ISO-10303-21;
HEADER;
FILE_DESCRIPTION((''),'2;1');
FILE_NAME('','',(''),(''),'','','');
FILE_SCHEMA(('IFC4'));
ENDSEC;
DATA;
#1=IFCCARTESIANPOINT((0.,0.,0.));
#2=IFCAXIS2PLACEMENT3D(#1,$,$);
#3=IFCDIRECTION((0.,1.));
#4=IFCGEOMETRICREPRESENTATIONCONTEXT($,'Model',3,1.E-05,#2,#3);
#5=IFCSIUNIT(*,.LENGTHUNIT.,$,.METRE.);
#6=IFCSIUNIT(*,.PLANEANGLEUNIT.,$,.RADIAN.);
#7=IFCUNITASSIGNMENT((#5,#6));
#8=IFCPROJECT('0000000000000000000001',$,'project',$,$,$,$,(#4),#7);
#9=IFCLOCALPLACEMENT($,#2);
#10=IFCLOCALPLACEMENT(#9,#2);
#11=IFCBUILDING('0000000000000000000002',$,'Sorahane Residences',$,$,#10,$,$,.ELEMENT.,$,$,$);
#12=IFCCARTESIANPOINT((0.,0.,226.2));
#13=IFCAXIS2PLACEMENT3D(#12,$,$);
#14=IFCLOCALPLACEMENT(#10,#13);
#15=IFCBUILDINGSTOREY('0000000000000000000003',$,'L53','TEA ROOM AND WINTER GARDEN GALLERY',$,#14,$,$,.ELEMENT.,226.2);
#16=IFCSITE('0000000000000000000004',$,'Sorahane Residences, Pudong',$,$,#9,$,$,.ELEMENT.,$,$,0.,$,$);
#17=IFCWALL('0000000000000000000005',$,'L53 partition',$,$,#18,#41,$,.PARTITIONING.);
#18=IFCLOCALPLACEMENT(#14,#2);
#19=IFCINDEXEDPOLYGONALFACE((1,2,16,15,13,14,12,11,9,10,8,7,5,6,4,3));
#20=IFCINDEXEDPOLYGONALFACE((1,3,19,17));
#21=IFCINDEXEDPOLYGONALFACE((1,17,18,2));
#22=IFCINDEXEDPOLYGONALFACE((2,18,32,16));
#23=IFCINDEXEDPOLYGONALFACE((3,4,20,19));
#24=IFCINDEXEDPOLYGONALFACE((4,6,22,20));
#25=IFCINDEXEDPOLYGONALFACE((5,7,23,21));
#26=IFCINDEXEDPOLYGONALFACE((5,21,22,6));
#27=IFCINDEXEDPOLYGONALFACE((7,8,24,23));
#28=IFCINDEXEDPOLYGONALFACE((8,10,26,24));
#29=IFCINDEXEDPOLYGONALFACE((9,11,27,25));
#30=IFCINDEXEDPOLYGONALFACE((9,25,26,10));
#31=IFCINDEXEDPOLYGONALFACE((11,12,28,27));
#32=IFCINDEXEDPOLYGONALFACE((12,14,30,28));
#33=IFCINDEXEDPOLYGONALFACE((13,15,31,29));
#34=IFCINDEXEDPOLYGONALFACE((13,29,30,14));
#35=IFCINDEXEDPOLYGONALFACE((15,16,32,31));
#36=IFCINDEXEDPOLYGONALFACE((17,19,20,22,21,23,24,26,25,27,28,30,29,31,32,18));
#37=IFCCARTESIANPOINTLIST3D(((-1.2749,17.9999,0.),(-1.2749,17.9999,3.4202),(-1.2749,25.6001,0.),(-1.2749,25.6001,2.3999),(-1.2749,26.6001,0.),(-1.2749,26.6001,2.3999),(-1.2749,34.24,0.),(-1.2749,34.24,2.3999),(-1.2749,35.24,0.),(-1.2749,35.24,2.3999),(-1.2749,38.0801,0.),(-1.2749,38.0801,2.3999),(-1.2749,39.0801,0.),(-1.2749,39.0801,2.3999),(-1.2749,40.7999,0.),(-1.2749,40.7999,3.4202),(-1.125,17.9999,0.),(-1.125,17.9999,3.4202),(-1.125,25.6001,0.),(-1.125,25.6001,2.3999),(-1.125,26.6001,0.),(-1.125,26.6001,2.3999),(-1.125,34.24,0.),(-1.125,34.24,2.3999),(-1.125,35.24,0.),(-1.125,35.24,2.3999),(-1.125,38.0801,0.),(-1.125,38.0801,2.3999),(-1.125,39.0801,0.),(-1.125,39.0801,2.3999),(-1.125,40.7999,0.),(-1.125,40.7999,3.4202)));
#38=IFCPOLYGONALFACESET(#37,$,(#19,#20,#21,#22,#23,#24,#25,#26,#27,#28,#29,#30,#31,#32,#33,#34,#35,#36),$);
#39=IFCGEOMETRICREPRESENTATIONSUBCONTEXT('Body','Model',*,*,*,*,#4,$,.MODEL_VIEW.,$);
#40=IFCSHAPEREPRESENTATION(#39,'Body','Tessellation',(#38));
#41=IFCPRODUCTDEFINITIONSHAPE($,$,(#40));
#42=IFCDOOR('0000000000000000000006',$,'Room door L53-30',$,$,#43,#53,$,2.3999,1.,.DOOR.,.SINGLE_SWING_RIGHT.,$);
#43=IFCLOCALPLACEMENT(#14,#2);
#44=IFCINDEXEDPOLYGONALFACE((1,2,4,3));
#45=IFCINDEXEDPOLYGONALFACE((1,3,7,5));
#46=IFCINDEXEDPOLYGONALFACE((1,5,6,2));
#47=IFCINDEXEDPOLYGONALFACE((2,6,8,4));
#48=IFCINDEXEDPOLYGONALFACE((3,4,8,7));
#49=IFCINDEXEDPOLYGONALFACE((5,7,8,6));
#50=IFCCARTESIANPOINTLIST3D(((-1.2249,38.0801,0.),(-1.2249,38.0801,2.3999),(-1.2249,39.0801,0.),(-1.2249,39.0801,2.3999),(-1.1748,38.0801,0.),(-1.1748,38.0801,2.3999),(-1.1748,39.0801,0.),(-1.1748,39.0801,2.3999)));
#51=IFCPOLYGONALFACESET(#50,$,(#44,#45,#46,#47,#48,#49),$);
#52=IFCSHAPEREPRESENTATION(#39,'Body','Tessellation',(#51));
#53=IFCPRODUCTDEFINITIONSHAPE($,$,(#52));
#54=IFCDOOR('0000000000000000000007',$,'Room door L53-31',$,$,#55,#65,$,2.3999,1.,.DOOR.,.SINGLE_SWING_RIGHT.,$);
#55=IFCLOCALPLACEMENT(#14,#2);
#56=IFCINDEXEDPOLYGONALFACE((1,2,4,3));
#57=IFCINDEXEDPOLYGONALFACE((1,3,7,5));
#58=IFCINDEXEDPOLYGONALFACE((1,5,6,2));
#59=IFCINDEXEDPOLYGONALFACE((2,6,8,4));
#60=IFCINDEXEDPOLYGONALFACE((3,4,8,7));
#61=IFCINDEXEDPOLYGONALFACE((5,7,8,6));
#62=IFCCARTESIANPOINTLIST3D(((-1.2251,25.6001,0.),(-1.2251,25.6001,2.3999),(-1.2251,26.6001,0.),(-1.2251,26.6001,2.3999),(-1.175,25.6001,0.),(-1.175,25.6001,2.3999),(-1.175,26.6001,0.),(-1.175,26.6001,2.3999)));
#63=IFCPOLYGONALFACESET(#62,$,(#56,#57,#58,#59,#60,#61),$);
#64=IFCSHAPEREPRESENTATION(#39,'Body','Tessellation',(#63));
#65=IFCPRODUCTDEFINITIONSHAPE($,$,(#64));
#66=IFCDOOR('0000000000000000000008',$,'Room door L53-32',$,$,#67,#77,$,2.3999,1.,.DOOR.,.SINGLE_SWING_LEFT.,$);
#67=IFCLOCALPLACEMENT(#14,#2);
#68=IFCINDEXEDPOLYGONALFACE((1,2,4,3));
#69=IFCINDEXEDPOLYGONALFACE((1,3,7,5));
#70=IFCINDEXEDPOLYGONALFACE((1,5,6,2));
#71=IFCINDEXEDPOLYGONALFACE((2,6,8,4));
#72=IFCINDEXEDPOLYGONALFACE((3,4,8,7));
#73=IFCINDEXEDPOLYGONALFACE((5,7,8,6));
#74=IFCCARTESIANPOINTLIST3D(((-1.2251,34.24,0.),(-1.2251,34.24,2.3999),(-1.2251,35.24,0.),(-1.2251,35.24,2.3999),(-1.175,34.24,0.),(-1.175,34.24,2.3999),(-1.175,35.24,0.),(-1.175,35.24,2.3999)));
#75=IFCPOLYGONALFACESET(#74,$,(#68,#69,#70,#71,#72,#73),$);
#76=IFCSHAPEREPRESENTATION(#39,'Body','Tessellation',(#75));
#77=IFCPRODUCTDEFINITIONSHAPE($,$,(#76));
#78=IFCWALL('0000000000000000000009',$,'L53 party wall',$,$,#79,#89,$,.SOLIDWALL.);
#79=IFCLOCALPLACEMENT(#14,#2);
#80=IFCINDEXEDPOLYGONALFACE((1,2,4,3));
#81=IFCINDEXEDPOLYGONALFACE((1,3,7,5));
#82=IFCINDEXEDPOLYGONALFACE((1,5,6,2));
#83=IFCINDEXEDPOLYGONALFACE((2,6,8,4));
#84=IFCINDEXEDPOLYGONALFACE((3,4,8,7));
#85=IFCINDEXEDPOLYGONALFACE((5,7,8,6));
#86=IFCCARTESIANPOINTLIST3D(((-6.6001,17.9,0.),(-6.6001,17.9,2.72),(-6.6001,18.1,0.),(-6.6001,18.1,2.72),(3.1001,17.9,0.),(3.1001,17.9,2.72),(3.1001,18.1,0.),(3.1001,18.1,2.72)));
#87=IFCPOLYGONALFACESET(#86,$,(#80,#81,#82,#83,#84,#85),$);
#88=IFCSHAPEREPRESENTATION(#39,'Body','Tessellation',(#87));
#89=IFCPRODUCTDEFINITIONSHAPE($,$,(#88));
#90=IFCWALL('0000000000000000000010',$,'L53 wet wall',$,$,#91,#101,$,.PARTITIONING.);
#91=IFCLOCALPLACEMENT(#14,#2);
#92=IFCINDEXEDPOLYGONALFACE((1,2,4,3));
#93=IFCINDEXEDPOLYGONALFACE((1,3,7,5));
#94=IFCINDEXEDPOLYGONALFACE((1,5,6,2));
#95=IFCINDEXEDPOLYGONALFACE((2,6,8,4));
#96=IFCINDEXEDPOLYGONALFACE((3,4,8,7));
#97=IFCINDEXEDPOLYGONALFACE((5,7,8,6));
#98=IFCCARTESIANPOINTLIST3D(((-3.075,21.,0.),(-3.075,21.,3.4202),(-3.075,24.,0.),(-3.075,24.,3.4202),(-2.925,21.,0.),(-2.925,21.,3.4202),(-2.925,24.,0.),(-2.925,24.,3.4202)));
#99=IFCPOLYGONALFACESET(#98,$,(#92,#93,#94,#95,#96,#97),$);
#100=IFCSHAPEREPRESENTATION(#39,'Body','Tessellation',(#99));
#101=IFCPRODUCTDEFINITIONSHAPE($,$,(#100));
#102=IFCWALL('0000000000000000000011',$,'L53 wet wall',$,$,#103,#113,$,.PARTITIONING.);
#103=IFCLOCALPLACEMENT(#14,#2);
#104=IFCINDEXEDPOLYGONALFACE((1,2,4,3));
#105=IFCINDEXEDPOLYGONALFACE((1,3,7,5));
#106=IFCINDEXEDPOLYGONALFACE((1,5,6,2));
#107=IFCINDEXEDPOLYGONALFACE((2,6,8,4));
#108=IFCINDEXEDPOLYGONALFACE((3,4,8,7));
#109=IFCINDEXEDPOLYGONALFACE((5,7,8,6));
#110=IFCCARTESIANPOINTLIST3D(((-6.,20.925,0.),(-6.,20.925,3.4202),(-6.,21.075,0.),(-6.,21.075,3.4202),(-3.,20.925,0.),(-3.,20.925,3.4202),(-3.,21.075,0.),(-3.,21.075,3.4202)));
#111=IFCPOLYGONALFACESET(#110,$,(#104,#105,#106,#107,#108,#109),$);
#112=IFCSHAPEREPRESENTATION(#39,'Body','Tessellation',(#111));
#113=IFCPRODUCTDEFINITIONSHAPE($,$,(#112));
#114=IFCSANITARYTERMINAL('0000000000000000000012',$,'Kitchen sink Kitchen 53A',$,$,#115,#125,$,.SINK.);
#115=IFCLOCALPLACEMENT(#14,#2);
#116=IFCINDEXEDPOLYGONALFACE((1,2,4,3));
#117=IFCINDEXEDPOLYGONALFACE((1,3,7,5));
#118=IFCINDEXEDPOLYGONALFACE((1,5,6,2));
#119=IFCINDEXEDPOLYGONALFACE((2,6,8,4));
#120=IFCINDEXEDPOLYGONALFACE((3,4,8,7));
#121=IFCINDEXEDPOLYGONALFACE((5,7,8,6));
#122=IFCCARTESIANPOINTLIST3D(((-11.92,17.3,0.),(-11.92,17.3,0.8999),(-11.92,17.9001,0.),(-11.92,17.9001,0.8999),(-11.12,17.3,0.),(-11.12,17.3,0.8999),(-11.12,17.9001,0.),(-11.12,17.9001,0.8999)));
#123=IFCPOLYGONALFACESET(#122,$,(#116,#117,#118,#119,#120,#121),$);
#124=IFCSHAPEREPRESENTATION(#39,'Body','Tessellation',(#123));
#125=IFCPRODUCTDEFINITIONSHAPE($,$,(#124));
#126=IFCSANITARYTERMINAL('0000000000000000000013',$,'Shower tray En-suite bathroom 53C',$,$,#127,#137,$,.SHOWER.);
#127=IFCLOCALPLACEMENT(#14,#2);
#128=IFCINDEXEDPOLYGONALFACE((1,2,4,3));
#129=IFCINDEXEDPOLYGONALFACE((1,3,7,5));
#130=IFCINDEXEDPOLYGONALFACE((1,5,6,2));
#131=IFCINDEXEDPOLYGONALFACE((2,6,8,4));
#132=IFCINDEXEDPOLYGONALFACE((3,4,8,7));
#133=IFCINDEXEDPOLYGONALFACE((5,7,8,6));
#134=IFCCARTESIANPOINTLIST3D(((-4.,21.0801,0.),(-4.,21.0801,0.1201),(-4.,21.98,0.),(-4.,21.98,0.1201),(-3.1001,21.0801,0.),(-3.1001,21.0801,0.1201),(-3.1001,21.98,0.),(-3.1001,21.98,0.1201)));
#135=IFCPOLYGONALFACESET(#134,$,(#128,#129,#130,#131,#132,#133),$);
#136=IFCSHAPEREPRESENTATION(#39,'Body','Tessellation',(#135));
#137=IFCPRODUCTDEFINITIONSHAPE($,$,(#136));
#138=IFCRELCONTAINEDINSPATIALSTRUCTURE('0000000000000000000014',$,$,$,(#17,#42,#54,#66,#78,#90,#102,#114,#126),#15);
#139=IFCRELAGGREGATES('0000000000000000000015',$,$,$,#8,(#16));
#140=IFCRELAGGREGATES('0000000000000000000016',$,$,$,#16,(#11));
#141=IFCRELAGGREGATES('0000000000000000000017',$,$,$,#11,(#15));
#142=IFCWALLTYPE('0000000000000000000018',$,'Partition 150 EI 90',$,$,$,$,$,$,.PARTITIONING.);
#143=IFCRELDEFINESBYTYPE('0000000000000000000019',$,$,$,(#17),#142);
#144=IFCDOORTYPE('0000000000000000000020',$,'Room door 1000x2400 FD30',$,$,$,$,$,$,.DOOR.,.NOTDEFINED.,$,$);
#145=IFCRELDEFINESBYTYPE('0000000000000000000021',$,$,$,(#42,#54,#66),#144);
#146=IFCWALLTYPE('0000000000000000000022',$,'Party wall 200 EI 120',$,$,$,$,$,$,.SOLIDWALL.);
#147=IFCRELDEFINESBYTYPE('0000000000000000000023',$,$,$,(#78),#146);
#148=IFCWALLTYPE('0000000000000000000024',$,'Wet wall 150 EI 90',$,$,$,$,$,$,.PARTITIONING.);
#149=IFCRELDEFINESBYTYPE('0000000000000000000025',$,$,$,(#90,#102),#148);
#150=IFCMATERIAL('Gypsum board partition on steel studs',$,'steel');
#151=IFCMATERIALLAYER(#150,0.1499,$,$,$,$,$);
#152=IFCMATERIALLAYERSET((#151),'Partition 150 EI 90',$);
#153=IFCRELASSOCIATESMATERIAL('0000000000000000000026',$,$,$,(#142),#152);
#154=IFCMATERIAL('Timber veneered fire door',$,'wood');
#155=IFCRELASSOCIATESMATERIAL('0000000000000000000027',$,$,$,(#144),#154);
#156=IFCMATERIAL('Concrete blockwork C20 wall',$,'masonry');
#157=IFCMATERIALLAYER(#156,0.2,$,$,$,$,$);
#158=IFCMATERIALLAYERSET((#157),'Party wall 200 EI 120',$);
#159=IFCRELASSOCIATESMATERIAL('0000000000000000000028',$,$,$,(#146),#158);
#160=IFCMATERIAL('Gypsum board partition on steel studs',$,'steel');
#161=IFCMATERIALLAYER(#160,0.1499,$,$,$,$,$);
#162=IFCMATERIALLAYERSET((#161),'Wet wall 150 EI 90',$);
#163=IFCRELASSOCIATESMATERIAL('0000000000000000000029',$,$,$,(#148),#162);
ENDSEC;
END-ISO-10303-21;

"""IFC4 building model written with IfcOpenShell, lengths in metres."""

from ifc_helpers import new_model, si_unit, direction, frame, frame_2d, origin, origin_2d, place, context, subcontext, project, spatial, rectangle, extrude, material, layer, layer_set, type_object, element, fill, save


model = new_model("IFC4")

# Units and contexts
model_context = context("Model", 3, precision=1e-05, world=origin(), true_north=direction((0.0, 1.0)))
body_context = subcontext(model_context, "Body", "Model", "MODEL_VIEW")
ifc_project = project(units=[si_unit("LENGTHUNIT", "METRE"), si_unit("PLANEANGLEUNIT", "RADIAN")], contexts=[model_context])

# Site, building, storey
site_placement = place(None, origin())
site = spatial("IfcSite", under=ifc_project, at=site_placement, Name="Sorahane Residences, Pudong", CompositionType="ELEMENT", RefElevation=0.0)
building_placement = place(site_placement, origin())
building = spatial("IfcBuilding", under=site, at=building_placement, Name="Sorahane Residences", CompositionType="ELEMENT")
storey_placement = place(building_placement, frame((0.0, 0.0, 226.2)))
storey = spatial("IfcBuildingStorey", under=building, at=storey_placement, Name="L53", Description="TEA ROOM AND WINTER GARDEN GALLERY", CompositionType="ELEMENT", Elevation=226.2)

# Wall, openings, doors
ifc_material_1 = material(Name="Gypsum board partition on steel studs", Category="steel")
ifc_layer_1 = layer(ifc_material_1, 0.1499)
ifc_layer_set_1 = layer_set([ifc_layer_1], Name="Partition 150 EI 90")
wall_type_1 = type_object("IfcWallType", Name="Partition 150 EI 90", PredefinedType="PARTITIONING", material=ifc_layer_set_1)
wall_1_placement = place(storey_placement, frame((-1.2, 18.0, 0.0), z_axis=(0.0, 0.0, 1.0), x_axis=(0.0, 1.0, 0.0)))
wall_1 = element("IfcWall", 1, at=wall_1_placement, inside=storey, type_object=wall_type_1, Name="L53 partition", PredefinedType="PARTITIONING", context=body_context, shape_type="SweptSolid", body=[
    extrude(rectangle(XDim=22.8, YDim=0.1499, at=frame_2d((11.3999, 0.0))), origin(), (0.0, 0.0, 1.0), 3.4202),
])
opening_1_placement = place(wall_1_placement, frame((20.0801, 0.0, 0.0)))
opening_1 = element("IfcOpeningElement", 2, at=opening_1_placement, cuts=wall_1, PredefinedType="OPENING", context=body_context, shape_type="SweptSolid", body=[
    extrude(rectangle(XDim=1.0, YDim=2.3999, at=frame_2d((0.5, 1.2))), frame((0.0, 0.085, 0.0), z_axis=(0.0, -1.0, 0.0), x_axis=(1.0, 0.0, 0.0)), (0.0, 0.0, 1.0), 0.1699),
])
opening_2_placement = place(wall_1_placement, frame((7.6001, 0.0, 0.0)))
opening_2 = element("IfcOpeningElement", 3, at=opening_2_placement, cuts=wall_1, PredefinedType="OPENING", context=body_context, shape_type="SweptSolid", body=[
    extrude(rectangle(XDim=1.0, YDim=2.3999, at=frame_2d((0.5, 1.2))), frame((0.0, 0.085, 0.0), z_axis=(0.0, -1.0, 0.0), x_axis=(1.0, 0.0, 0.0)), (0.0, 0.0, 1.0), 0.1699),
])
opening_3_placement = place(wall_1_placement, frame((16.24, 0.0, 0.0)))
opening_3 = element("IfcOpeningElement", 4, at=opening_3_placement, cuts=wall_1, PredefinedType="OPENING", context=body_context, shape_type="SweptSolid", body=[
    extrude(rectangle(XDim=1.0, YDim=2.3999, at=frame_2d((0.5, 1.2))), frame((0.0, 0.085, 0.0), z_axis=(0.0, -1.0, 0.0), x_axis=(1.0, 0.0, 0.0)), (0.0, 0.0, 1.0), 0.1699),
])
ifc_material_2 = material(Name="Timber veneered fire door", Category="wood")
door_type_1 = type_object("IfcDoorType", Name="Room door 1000x2400 FD30", OperationType="NOTDEFINED", PredefinedType="DOOR", material=ifc_material_2)
door_1_placement = place(opening_1_placement, origin())
door_1 = element("IfcDoor", 5, at=door_1_placement, inside=storey, type_object=door_type_1, Name="Room door L53-30", OperationType="SINGLE_SWING_RIGHT", OverallHeight=2.3999, OverallWidth=1.0, PredefinedType="DOOR", context=body_context, shape_type="SweptSolid", body=[
    extrude(rectangle(XDim=1.0, YDim=2.3999, at=frame_2d((0.5, 1.2))), frame((0.0, 0.0249, 0.0), z_axis=(0.0, -1.0, 0.0), x_axis=(1.0, 0.0, 0.0)), (0.0, 0.0, 1.0), 0.05),
])
fill(opening_1, door_1)
door_2_placement = place(opening_2_placement, frame((1.0, 0.0, 0.0), z_axis=(0.0, 0.0, 1.0), x_axis=(-1.0, 0.0, 0.0)))
door_2 = element("IfcDoor", 6, at=door_2_placement, inside=storey, type_object=door_type_1, Name="Room door L53-31", OperationType="SINGLE_SWING_RIGHT", OverallHeight=2.3999, OverallWidth=1.0, PredefinedType="DOOR", context=body_context, shape_type="SweptSolid", body=[
    extrude(rectangle(XDim=1.0, YDim=2.3999, at=frame_2d((0.5, 1.2))), frame((0.0, 0.0249, 0.0), z_axis=(0.0, -1.0, 0.0), x_axis=(1.0, 0.0, 0.0)), (0.0, 0.0, 1.0), 0.05),
])
fill(opening_2, door_2)
door_3_placement = place(opening_3_placement, frame((1.0, 0.0, 0.0), z_axis=(0.0, 0.0, 1.0), x_axis=(-1.0, 0.0, 0.0)))
door_3 = element("IfcDoor", 7, at=door_3_placement, inside=storey, type_object=door_type_1, Name="Room door L53-32", OperationType="SINGLE_SWING_LEFT", OverallHeight=2.3999, OverallWidth=1.0, PredefinedType="DOOR", context=body_context, shape_type="SweptSolid", body=[
    extrude(rectangle(XDim=1.0, YDim=2.3999, at=frame_2d((0.5, 1.2))), frame((0.0, 0.0249, 0.0), z_axis=(0.0, -1.0, 0.0), x_axis=(1.0, 0.0, 0.0)), (0.0, 0.0, 1.0), 0.05),
])
fill(opening_3, door_3)

# Walls
ifc_material_3 = material(Name="Concrete blockwork C20 wall", Category="masonry")
ifc_layer_2 = layer(ifc_material_3, 0.2)
ifc_layer_set_2 = layer_set([ifc_layer_2], Name="Party wall 200 EI 120")
wall_type_2 = type_object("IfcWallType", Name="Party wall 200 EI 120", PredefinedType="SOLIDWALL", material=ifc_layer_set_2)
wall_2_placement = place(storey_placement, frame((-6.6001, 18.0, 0.0), z_axis=(0.0, 0.0, 1.0), x_axis=(1.0, 0.0, 0.0)))
element("IfcWall", 8, at=wall_2_placement, inside=storey, type_object=wall_type_2, Name="L53 party wall", PredefinedType="SOLIDWALL", context=body_context, shape_type="SweptSolid", body=[
    extrude(rectangle(XDim=9.7002, YDim=0.2, at=frame_2d((4.8501, 0.0))), origin(), (0.0, 0.0, 1.0), 2.72),
])
ifc_material_4 = material(Name="Gypsum board partition on steel studs", Category="steel")
ifc_layer_3 = layer(ifc_material_4, 0.1499)
ifc_layer_set_3 = layer_set([ifc_layer_3], Name="Wet wall 150 EI 90")
wall_type_3 = type_object("IfcWallType", Name="Wet wall 150 EI 90", PredefinedType="PARTITIONING", material=ifc_layer_set_3)
wall_3_placement = place(storey_placement, frame((-3.0, 21.0, 0.0), z_axis=(0.0, 0.0, 1.0), x_axis=(0.0, 1.0, 0.0)))
element("IfcWall", 9, at=wall_3_placement, inside=storey, type_object=wall_type_3, Name="L53 wet wall", PredefinedType="PARTITIONING", context=body_context, shape_type="SweptSolid", body=[
    extrude(rectangle(XDim=3.0, YDim=0.1499, at=frame_2d((1.5, 0.0))), origin(), (0.0, 0.0, 1.0), 3.4202),
])

# Wall
wall_4_placement = place(storey_placement, frame((-6.0, 21.0, 0.0), z_axis=(0.0, 0.0, 1.0), x_axis=(1.0, 0.0, 0.0)))
element("IfcWall", 10, at=wall_4_placement, inside=storey, type_object=wall_type_3, Name="L53 wet wall", PredefinedType="PARTITIONING", context=body_context, shape_type="SweptSolid", body=[
    extrude(rectangle(XDim=3.0, YDim=0.1499, at=frame_2d((1.5, 0.0))), origin(), (0.0, 0.0, 1.0), 3.4202),
])

# Sanitary terminals
sanitary_terminal_1_placement = place(storey_placement, frame((-11.52, 17.6001, 0.0), z_axis=(0.0, 0.0, 1.0), x_axis=(1.0, 0.0, 0.0)))
element("IfcSanitaryTerminal", 11, at=sanitary_terminal_1_placement, inside=storey, Name="Kitchen sink Kitchen 53A", PredefinedType="SINK", context=body_context, shape_type="SweptSolid", body=[
    extrude(rectangle(XDim=0.8, YDim=0.6001, at=origin_2d()), origin(), (0.0, 0.0, 1.0), 0.8999),
])
sanitary_terminal_2_placement = place(storey_placement, frame((-3.55, 21.53, 0.0), z_axis=(0.0, 0.0, 1.0), x_axis=(0.0, -1.0, 0.0)))
element("IfcSanitaryTerminal", 12, at=sanitary_terminal_2_placement, inside=storey, Name="Shower tray En-suite bathroom 53C", PredefinedType="SHOWER", context=body_context, shape_type="SweptSolid", body=[
    extrude(rectangle(XDim=0.8999, YDim=0.8999, at=origin_2d()), origin(), (0.0, 0.0, 1.0), 0.1201),
])

save(model, "model.ifc")
